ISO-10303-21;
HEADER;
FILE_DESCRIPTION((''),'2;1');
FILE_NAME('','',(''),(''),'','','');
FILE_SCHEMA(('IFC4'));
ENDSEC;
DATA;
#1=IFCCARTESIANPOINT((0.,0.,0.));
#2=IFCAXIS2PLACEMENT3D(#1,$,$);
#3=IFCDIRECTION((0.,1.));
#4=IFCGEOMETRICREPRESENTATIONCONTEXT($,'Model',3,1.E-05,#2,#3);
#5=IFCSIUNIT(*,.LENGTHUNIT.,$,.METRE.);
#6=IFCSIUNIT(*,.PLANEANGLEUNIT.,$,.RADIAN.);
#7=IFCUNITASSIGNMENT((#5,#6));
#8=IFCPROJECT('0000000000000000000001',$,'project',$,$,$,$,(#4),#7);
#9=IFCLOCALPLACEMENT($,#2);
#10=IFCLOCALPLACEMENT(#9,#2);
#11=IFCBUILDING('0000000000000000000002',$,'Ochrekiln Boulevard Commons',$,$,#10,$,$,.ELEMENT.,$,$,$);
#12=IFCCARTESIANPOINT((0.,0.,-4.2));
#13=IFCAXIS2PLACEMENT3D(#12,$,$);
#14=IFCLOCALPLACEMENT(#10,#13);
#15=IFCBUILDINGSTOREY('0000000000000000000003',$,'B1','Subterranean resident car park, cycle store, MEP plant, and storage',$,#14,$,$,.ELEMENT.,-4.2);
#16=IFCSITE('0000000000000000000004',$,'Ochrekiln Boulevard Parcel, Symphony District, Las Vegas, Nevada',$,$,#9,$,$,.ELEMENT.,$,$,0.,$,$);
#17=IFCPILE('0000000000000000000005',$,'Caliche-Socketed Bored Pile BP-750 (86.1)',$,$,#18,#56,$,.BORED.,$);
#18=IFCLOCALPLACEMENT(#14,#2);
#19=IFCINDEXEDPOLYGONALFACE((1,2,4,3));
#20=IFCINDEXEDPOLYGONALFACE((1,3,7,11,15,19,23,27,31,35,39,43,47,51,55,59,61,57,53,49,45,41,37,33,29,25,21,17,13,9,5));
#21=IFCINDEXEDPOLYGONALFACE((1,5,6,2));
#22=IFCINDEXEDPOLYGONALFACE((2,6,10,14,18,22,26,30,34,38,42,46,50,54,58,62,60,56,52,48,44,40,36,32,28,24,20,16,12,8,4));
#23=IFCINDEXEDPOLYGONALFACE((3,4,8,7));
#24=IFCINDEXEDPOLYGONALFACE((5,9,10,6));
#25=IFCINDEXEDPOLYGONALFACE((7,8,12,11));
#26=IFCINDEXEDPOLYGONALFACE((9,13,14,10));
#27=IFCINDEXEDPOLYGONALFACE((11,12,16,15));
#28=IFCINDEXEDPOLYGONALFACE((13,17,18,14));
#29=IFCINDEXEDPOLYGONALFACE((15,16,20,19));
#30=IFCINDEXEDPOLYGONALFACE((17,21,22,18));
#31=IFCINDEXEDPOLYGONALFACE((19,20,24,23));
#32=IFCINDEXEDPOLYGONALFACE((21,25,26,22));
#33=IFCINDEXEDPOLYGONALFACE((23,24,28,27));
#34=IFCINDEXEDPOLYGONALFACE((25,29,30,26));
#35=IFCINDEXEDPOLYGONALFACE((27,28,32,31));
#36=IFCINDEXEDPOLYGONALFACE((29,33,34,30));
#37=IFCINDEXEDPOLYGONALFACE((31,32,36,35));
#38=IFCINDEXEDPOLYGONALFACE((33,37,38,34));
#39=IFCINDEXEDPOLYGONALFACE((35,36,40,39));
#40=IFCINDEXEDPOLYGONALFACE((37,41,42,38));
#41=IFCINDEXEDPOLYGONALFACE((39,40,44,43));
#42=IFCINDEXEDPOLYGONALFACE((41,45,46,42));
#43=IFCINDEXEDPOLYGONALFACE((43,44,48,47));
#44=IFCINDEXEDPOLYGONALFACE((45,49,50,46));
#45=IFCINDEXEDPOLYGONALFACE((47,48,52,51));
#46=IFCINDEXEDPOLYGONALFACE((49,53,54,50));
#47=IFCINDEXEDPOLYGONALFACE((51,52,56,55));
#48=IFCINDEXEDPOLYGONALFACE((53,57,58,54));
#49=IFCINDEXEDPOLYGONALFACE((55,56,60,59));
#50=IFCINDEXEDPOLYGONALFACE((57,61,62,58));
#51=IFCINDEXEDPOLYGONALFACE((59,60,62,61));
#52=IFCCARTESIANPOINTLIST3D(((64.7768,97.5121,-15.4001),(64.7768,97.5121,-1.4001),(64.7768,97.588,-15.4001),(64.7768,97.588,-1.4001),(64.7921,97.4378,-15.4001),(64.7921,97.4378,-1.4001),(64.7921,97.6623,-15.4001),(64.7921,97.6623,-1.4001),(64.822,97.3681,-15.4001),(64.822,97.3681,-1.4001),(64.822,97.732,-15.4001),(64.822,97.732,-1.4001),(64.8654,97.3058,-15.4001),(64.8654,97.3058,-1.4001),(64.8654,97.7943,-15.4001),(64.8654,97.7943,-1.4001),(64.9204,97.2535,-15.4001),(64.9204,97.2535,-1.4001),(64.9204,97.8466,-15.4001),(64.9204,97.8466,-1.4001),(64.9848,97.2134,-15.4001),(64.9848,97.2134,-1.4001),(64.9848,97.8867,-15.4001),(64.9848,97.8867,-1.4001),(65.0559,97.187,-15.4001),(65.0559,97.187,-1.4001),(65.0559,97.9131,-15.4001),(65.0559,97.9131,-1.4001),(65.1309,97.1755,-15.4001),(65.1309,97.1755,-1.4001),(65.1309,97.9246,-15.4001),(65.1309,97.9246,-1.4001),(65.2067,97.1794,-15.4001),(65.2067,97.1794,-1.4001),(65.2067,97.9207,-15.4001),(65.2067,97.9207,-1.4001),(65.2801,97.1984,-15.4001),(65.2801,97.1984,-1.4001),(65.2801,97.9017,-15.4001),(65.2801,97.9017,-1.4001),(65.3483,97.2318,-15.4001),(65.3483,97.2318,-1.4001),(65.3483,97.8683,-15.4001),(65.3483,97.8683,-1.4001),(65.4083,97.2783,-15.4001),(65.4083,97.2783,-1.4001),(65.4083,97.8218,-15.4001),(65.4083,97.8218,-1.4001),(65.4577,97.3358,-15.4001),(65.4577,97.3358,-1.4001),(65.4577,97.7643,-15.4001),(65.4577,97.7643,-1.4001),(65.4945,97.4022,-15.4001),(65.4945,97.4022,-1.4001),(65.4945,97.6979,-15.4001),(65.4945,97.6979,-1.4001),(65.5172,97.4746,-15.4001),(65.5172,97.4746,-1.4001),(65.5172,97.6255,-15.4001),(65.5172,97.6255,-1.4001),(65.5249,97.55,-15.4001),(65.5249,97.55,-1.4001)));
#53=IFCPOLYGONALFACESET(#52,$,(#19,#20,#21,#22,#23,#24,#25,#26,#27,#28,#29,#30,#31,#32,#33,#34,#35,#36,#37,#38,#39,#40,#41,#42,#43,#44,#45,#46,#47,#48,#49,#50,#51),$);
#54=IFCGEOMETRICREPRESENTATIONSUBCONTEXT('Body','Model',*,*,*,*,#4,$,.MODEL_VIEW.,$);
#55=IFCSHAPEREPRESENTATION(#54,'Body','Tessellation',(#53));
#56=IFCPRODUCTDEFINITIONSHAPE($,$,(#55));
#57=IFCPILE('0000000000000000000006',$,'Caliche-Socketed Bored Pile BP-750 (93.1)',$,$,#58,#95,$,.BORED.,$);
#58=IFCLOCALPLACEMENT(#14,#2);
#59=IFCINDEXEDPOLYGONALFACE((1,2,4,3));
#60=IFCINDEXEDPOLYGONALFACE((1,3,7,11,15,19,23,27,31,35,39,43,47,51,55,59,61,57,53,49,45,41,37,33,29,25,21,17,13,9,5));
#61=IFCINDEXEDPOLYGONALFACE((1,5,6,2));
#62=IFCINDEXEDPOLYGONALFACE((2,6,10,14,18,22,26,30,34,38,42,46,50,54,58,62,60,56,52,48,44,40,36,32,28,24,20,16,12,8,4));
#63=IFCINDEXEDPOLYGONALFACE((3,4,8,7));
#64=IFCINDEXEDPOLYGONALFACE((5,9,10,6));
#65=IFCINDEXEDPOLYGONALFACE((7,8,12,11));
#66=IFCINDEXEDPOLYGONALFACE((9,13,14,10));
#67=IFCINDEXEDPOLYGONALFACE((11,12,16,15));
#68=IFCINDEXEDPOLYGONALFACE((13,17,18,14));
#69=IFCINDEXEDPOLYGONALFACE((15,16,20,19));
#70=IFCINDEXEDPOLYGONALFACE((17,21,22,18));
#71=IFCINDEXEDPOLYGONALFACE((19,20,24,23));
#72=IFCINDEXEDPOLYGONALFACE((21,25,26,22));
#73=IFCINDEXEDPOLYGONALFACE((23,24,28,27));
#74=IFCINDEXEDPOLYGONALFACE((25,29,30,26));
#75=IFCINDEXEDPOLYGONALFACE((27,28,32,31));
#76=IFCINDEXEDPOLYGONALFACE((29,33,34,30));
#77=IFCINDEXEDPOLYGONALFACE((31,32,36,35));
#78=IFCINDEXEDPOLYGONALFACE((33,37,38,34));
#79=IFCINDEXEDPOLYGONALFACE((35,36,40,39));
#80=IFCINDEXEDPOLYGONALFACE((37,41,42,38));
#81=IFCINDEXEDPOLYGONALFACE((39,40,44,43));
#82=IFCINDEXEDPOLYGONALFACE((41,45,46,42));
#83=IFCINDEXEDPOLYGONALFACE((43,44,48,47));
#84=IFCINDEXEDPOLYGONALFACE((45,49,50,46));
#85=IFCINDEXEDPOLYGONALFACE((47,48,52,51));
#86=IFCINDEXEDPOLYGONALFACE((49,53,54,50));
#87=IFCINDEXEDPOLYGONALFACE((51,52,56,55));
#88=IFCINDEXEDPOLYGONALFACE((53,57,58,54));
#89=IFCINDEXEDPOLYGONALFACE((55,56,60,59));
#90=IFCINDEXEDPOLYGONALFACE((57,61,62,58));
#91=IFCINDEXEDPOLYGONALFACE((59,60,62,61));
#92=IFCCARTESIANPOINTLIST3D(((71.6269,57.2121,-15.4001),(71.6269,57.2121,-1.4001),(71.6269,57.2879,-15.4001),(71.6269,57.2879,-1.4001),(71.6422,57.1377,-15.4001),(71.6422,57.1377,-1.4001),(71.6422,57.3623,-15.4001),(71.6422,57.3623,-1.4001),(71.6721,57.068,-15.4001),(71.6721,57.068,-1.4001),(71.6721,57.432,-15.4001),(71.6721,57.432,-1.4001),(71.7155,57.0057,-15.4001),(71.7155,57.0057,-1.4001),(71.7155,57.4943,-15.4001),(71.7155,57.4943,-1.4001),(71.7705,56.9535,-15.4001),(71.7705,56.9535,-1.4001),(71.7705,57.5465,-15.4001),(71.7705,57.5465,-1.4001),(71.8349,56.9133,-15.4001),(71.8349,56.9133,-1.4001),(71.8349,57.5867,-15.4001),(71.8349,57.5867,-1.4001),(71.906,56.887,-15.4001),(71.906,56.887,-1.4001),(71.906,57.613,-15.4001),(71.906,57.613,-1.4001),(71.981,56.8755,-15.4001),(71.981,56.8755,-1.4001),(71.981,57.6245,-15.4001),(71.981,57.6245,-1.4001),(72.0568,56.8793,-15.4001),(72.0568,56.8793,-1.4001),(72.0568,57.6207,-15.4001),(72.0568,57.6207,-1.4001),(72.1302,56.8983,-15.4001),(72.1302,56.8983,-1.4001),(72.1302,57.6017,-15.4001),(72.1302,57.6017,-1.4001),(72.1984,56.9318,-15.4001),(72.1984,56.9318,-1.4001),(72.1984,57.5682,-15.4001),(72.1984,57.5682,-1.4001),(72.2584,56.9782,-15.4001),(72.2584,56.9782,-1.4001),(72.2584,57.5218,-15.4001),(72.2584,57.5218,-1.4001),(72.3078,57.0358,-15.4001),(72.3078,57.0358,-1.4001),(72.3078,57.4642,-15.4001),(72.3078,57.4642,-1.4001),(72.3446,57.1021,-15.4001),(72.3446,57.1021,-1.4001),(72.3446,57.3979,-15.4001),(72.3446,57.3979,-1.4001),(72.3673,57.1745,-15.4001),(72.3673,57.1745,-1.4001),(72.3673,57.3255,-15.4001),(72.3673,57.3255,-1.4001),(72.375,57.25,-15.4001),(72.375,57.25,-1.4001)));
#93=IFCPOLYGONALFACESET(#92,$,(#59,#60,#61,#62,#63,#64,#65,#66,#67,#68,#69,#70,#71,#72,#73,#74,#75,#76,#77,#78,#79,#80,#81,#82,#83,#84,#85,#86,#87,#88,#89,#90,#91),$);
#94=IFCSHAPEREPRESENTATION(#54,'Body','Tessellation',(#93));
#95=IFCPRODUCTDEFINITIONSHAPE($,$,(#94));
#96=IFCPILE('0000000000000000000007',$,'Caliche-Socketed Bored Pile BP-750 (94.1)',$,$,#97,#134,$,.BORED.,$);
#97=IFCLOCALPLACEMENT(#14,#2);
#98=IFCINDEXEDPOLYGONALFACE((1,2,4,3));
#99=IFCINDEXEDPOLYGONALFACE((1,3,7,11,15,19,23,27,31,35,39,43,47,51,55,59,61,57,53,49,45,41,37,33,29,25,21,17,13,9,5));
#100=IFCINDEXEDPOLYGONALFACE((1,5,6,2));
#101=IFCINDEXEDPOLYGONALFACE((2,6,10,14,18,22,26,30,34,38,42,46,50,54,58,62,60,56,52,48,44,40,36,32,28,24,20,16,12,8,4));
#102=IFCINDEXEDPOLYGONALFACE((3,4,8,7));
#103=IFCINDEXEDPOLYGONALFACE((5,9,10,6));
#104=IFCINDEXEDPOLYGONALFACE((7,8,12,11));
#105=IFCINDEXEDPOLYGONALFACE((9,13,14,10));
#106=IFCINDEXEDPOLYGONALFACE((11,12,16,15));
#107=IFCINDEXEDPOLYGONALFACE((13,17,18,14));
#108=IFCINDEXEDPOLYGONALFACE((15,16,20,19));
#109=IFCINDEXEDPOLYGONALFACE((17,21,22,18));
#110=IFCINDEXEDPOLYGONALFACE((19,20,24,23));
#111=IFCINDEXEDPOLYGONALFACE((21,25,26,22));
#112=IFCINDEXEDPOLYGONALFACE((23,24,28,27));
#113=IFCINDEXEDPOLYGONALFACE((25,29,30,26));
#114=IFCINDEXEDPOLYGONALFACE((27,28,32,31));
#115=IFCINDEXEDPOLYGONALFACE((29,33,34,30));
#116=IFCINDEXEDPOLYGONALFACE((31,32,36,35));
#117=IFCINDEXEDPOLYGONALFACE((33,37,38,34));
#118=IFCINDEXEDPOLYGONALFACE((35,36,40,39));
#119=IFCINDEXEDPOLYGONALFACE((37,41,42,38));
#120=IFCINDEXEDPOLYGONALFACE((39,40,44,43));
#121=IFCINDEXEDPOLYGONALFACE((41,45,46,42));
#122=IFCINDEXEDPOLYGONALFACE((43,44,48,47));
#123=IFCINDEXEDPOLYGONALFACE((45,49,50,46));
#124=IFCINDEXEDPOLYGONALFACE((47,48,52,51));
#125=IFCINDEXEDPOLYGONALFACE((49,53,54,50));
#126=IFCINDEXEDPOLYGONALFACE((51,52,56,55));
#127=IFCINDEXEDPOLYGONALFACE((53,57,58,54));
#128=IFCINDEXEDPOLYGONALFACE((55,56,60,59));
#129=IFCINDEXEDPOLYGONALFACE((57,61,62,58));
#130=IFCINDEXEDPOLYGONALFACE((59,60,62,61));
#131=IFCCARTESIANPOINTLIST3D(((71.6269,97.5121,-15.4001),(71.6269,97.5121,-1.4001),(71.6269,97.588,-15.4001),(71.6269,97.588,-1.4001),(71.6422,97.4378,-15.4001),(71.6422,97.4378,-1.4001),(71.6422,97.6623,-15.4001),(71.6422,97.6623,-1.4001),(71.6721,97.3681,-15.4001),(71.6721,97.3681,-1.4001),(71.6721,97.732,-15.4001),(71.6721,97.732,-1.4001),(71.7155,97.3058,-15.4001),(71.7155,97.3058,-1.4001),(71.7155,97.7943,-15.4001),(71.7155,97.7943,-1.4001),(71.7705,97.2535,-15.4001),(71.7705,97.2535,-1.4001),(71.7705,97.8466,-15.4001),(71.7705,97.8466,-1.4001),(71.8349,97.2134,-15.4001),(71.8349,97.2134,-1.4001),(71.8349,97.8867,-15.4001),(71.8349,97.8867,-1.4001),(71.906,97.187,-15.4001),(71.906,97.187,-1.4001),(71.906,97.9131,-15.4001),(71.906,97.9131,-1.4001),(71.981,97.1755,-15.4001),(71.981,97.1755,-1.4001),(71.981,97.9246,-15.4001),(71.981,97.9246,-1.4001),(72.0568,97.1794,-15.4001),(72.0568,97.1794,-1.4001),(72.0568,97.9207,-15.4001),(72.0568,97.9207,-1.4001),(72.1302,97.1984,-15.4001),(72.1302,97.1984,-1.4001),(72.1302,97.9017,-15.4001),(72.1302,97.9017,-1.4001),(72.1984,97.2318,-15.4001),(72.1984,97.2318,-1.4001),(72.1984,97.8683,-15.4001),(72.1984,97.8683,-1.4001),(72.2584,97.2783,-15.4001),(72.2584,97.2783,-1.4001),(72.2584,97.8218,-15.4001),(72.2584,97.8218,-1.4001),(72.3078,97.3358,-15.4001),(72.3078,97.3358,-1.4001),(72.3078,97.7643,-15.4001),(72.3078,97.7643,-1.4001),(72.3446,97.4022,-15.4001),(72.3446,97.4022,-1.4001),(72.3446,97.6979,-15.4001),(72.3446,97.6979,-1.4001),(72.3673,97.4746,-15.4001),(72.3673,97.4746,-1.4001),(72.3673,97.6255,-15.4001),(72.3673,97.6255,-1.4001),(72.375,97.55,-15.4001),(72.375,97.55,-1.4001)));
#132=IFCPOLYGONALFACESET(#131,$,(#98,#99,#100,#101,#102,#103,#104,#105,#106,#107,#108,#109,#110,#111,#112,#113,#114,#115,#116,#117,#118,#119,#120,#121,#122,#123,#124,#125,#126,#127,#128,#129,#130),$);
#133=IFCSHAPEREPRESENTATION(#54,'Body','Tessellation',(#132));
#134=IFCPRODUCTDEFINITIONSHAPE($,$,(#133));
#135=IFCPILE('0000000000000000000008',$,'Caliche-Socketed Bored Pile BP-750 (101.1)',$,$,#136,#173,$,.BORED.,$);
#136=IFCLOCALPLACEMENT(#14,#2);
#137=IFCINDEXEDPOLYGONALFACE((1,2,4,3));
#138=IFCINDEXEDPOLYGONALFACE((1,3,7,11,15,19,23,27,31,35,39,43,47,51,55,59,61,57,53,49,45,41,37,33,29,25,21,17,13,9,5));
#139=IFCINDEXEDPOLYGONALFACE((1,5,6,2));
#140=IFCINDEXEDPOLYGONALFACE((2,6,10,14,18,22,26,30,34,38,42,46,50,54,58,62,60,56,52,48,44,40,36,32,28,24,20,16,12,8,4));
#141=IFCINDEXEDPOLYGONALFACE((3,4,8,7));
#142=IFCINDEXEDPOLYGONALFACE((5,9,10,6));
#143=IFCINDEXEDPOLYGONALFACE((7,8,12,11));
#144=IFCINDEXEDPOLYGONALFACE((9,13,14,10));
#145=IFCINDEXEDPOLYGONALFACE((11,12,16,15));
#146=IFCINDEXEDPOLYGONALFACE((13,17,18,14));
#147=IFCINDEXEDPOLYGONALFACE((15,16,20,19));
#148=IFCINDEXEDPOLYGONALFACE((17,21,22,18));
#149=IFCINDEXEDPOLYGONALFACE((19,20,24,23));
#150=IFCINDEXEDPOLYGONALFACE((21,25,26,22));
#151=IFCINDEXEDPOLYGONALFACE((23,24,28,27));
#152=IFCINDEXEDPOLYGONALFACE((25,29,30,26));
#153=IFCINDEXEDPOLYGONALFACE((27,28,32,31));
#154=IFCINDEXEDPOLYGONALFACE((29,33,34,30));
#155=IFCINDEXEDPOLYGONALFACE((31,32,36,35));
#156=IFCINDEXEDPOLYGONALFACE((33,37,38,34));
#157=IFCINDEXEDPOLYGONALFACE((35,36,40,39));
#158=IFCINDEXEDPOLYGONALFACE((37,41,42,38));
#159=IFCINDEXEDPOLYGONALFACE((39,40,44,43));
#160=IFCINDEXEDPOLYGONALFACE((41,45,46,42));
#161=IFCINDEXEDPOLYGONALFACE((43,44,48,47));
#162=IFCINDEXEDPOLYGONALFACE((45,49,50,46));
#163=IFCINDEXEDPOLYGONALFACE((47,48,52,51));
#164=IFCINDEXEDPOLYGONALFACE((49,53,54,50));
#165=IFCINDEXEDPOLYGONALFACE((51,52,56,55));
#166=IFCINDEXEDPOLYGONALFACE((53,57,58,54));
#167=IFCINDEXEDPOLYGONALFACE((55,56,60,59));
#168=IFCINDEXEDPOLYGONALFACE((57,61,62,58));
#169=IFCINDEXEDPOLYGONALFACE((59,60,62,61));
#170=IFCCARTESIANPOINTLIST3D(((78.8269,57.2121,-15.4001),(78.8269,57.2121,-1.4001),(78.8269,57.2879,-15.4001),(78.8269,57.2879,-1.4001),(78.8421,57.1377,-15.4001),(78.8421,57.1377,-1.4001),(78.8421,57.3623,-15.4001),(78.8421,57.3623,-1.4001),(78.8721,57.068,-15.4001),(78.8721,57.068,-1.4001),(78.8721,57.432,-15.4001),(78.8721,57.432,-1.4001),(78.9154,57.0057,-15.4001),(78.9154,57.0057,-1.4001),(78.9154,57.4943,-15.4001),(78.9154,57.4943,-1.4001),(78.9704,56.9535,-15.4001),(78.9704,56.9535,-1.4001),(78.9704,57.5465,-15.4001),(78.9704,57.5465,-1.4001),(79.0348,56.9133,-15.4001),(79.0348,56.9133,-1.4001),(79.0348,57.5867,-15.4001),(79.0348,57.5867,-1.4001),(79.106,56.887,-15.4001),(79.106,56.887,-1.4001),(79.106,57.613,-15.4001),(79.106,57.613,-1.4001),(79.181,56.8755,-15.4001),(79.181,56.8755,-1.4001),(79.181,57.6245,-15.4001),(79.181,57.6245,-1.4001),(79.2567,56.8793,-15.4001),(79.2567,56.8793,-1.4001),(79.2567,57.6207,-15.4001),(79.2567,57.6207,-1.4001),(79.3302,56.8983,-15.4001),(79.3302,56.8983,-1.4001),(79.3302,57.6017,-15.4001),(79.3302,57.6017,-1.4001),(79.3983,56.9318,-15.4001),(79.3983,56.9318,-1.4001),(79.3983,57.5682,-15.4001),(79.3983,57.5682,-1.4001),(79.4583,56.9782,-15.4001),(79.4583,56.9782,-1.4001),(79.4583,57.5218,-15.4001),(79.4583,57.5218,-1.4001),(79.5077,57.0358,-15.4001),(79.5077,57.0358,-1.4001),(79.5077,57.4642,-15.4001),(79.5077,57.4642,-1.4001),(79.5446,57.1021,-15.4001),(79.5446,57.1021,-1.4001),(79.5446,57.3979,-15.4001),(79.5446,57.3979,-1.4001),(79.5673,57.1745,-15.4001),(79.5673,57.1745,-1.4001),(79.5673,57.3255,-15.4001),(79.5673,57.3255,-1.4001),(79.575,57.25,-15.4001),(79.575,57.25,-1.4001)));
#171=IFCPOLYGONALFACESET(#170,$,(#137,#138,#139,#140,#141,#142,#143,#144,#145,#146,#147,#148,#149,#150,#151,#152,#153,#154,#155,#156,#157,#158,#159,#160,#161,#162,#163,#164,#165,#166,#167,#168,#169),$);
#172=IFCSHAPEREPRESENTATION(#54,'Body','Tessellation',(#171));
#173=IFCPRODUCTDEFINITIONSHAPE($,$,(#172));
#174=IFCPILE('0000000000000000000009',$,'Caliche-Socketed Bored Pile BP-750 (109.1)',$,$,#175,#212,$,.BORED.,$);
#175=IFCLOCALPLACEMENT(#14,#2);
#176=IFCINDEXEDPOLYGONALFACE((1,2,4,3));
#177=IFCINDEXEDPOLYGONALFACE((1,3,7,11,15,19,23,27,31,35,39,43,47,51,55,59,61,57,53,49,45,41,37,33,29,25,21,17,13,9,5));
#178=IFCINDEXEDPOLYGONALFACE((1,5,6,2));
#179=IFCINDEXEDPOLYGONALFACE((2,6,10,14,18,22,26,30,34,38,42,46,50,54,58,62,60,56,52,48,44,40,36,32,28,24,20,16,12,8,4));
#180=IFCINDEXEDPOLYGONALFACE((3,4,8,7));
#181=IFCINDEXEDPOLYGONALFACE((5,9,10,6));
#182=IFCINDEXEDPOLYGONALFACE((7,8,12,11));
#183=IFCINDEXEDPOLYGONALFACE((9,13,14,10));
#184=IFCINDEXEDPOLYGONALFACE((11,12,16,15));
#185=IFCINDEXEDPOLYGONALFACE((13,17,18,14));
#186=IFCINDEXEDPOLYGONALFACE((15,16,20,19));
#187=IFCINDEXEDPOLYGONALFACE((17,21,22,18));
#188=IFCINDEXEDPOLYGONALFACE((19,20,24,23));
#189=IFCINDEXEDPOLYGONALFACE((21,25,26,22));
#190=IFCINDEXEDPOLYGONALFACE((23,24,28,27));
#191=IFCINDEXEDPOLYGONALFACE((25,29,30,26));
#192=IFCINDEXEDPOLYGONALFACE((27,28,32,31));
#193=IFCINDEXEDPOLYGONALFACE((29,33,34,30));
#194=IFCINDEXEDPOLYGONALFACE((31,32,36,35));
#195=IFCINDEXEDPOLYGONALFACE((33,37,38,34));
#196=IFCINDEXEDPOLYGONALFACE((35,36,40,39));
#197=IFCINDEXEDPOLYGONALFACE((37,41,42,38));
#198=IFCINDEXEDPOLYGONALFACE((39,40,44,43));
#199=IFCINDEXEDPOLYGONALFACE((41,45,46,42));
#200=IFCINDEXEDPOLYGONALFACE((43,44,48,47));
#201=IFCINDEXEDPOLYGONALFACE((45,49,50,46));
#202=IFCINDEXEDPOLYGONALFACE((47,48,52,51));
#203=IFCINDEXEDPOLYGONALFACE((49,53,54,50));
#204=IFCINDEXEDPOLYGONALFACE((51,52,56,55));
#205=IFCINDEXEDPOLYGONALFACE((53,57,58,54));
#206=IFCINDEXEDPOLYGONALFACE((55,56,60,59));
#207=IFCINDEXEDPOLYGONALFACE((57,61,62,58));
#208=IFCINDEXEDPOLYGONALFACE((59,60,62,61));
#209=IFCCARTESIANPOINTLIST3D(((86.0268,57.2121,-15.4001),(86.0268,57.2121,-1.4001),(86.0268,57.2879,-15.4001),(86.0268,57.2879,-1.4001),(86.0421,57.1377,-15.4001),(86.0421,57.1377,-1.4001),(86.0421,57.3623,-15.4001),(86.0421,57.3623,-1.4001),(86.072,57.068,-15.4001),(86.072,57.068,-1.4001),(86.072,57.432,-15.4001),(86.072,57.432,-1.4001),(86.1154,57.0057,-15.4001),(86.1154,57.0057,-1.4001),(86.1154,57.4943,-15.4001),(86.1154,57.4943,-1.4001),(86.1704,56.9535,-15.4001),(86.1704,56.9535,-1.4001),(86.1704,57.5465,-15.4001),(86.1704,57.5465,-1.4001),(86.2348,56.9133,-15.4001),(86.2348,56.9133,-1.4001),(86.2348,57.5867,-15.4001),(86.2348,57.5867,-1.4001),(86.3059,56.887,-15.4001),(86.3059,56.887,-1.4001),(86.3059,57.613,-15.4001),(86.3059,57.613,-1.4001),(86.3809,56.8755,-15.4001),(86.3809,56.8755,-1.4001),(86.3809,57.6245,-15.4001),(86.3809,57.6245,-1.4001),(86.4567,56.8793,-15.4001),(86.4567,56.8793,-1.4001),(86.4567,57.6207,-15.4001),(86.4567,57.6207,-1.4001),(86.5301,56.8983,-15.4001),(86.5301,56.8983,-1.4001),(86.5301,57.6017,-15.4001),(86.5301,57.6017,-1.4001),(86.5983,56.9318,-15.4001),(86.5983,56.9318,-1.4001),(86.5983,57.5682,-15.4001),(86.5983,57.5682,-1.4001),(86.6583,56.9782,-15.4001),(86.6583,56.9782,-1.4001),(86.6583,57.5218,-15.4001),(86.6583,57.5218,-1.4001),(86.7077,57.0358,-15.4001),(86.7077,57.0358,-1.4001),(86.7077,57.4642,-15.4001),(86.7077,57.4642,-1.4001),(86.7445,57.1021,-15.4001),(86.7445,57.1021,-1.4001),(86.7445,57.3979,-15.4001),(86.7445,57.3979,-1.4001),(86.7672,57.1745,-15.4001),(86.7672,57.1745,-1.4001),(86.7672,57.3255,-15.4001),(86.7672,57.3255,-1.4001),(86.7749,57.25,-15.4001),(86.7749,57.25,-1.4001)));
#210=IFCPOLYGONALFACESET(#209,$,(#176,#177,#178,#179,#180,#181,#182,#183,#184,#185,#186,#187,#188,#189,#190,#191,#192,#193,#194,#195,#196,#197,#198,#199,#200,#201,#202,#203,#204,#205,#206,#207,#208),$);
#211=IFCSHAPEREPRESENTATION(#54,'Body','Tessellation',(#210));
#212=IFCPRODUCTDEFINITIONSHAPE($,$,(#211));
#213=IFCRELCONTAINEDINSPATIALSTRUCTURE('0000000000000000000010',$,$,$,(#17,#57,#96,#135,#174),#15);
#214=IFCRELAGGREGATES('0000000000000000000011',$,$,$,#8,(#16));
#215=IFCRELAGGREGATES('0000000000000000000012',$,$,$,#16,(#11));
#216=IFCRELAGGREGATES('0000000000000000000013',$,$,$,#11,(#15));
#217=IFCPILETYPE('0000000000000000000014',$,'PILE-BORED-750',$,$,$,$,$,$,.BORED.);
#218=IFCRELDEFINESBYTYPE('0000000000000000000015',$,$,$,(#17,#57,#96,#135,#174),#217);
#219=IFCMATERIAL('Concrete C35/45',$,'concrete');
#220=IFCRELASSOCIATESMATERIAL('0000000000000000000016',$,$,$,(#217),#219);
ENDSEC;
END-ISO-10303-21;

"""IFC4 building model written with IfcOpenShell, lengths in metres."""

from ifc_helpers import new_model, si_unit, direction, frame, origin, origin_2d, place, context, subcontext, project, spatial, circle, extrude, material, material_profile, profile_set, type_object, element, save


model = new_model("IFC4")

# Units and contexts
model_context = context("Model", 3, precision=1e-05, world=origin(), true_north=direction((0.0, 1.0)))
body_context = subcontext(model_context, "Body", "Model", "MODEL_VIEW")
ifc_project = project(units=[si_unit("LENGTHUNIT", "METRE"), si_unit("PLANEANGLEUNIT", "RADIAN")], contexts=[model_context])

# Site, building, storey
site_placement = place(None, origin())
site = spatial("IfcSite", under=ifc_project, at=site_placement, Name="Ochrekiln Boulevard Parcel, Symphony District, Las Vegas, Nevada", CompositionType="ELEMENT", RefElevation=0.0)
building_placement = place(site_placement, origin())
building = spatial("IfcBuilding", under=site, at=building_placement, Name="Ochrekiln Boulevard Commons", CompositionType="ELEMENT")
storey_placement = place(building_placement, frame((0.0, 0.0, -4.2)))
storey = spatial("IfcBuildingStorey", under=building, at=storey_placement, Name="B1", Description="Subterranean resident car park, cycle store, MEP plant, and storage", CompositionType="ELEMENT", Elevation=-4.2)

# Shared definitions
ifc_material_1 = material(Name="Concrete C35/45", Category="concrete")

# Piles
ifc_material_profile_1 = material_profile(ifc_material_1, circle(Radius=0.375, at=origin_2d()), Name="PILE-D750")
ifc_profile_set_1 = profile_set([ifc_material_profile_1], Name="Concrete C35/45")
pile_type = type_object("IfcPileType", Name="PILE-BORED-750", PredefinedType="BORED", material=ifc_profile_set_1)
for number, where, z_axis, x_axis, name in (
    (1, (65.1499, 97.55, -1.4001), (0.0, 0.0, -1.0), (1.0, 0.0, 0.0), "Caliche-Socketed Bored Pile BP-750 (86.1)"),
    (2, (72.0, 57.25, -1.4001), (0.0, 0.0, -1.0), (1.0, 0.0, 0.0), "Caliche-Socketed Bored Pile BP-750 (93.1)"),
    (3, (72.0, 97.55, -1.4001), (0.0, 0.0, -1.0), (1.0, 0.0, 0.0), "Caliche-Socketed Bored Pile BP-750 (94.1)"),
    (4, (79.2, 57.25, -1.4001), (0.0, 0.0, -1.0), (1.0, 0.0, 0.0), "Caliche-Socketed Bored Pile BP-750 (101.1)"),
    (5, (86.3999, 57.25, -1.4001), (0.0, 0.0, -1.0), (1.0, 0.0, 0.0), "Caliche-Socketed Bored Pile BP-750 (109.1)"),
):
    element("IfcPile", number, at=place(storey_placement, frame(where, z_axis=z_axis, x_axis=x_axis)), inside=storey, type_object=pile_type, Name=name, PredefinedType="BORED", context=body_context, shape_type="SweptSolid", body=[
        extrude(circle(Radius=0.375, at=origin_2d()), origin(), (0.0, 0.0, 1.0), 14.0),
    ])

save(model, "model.ifc")
